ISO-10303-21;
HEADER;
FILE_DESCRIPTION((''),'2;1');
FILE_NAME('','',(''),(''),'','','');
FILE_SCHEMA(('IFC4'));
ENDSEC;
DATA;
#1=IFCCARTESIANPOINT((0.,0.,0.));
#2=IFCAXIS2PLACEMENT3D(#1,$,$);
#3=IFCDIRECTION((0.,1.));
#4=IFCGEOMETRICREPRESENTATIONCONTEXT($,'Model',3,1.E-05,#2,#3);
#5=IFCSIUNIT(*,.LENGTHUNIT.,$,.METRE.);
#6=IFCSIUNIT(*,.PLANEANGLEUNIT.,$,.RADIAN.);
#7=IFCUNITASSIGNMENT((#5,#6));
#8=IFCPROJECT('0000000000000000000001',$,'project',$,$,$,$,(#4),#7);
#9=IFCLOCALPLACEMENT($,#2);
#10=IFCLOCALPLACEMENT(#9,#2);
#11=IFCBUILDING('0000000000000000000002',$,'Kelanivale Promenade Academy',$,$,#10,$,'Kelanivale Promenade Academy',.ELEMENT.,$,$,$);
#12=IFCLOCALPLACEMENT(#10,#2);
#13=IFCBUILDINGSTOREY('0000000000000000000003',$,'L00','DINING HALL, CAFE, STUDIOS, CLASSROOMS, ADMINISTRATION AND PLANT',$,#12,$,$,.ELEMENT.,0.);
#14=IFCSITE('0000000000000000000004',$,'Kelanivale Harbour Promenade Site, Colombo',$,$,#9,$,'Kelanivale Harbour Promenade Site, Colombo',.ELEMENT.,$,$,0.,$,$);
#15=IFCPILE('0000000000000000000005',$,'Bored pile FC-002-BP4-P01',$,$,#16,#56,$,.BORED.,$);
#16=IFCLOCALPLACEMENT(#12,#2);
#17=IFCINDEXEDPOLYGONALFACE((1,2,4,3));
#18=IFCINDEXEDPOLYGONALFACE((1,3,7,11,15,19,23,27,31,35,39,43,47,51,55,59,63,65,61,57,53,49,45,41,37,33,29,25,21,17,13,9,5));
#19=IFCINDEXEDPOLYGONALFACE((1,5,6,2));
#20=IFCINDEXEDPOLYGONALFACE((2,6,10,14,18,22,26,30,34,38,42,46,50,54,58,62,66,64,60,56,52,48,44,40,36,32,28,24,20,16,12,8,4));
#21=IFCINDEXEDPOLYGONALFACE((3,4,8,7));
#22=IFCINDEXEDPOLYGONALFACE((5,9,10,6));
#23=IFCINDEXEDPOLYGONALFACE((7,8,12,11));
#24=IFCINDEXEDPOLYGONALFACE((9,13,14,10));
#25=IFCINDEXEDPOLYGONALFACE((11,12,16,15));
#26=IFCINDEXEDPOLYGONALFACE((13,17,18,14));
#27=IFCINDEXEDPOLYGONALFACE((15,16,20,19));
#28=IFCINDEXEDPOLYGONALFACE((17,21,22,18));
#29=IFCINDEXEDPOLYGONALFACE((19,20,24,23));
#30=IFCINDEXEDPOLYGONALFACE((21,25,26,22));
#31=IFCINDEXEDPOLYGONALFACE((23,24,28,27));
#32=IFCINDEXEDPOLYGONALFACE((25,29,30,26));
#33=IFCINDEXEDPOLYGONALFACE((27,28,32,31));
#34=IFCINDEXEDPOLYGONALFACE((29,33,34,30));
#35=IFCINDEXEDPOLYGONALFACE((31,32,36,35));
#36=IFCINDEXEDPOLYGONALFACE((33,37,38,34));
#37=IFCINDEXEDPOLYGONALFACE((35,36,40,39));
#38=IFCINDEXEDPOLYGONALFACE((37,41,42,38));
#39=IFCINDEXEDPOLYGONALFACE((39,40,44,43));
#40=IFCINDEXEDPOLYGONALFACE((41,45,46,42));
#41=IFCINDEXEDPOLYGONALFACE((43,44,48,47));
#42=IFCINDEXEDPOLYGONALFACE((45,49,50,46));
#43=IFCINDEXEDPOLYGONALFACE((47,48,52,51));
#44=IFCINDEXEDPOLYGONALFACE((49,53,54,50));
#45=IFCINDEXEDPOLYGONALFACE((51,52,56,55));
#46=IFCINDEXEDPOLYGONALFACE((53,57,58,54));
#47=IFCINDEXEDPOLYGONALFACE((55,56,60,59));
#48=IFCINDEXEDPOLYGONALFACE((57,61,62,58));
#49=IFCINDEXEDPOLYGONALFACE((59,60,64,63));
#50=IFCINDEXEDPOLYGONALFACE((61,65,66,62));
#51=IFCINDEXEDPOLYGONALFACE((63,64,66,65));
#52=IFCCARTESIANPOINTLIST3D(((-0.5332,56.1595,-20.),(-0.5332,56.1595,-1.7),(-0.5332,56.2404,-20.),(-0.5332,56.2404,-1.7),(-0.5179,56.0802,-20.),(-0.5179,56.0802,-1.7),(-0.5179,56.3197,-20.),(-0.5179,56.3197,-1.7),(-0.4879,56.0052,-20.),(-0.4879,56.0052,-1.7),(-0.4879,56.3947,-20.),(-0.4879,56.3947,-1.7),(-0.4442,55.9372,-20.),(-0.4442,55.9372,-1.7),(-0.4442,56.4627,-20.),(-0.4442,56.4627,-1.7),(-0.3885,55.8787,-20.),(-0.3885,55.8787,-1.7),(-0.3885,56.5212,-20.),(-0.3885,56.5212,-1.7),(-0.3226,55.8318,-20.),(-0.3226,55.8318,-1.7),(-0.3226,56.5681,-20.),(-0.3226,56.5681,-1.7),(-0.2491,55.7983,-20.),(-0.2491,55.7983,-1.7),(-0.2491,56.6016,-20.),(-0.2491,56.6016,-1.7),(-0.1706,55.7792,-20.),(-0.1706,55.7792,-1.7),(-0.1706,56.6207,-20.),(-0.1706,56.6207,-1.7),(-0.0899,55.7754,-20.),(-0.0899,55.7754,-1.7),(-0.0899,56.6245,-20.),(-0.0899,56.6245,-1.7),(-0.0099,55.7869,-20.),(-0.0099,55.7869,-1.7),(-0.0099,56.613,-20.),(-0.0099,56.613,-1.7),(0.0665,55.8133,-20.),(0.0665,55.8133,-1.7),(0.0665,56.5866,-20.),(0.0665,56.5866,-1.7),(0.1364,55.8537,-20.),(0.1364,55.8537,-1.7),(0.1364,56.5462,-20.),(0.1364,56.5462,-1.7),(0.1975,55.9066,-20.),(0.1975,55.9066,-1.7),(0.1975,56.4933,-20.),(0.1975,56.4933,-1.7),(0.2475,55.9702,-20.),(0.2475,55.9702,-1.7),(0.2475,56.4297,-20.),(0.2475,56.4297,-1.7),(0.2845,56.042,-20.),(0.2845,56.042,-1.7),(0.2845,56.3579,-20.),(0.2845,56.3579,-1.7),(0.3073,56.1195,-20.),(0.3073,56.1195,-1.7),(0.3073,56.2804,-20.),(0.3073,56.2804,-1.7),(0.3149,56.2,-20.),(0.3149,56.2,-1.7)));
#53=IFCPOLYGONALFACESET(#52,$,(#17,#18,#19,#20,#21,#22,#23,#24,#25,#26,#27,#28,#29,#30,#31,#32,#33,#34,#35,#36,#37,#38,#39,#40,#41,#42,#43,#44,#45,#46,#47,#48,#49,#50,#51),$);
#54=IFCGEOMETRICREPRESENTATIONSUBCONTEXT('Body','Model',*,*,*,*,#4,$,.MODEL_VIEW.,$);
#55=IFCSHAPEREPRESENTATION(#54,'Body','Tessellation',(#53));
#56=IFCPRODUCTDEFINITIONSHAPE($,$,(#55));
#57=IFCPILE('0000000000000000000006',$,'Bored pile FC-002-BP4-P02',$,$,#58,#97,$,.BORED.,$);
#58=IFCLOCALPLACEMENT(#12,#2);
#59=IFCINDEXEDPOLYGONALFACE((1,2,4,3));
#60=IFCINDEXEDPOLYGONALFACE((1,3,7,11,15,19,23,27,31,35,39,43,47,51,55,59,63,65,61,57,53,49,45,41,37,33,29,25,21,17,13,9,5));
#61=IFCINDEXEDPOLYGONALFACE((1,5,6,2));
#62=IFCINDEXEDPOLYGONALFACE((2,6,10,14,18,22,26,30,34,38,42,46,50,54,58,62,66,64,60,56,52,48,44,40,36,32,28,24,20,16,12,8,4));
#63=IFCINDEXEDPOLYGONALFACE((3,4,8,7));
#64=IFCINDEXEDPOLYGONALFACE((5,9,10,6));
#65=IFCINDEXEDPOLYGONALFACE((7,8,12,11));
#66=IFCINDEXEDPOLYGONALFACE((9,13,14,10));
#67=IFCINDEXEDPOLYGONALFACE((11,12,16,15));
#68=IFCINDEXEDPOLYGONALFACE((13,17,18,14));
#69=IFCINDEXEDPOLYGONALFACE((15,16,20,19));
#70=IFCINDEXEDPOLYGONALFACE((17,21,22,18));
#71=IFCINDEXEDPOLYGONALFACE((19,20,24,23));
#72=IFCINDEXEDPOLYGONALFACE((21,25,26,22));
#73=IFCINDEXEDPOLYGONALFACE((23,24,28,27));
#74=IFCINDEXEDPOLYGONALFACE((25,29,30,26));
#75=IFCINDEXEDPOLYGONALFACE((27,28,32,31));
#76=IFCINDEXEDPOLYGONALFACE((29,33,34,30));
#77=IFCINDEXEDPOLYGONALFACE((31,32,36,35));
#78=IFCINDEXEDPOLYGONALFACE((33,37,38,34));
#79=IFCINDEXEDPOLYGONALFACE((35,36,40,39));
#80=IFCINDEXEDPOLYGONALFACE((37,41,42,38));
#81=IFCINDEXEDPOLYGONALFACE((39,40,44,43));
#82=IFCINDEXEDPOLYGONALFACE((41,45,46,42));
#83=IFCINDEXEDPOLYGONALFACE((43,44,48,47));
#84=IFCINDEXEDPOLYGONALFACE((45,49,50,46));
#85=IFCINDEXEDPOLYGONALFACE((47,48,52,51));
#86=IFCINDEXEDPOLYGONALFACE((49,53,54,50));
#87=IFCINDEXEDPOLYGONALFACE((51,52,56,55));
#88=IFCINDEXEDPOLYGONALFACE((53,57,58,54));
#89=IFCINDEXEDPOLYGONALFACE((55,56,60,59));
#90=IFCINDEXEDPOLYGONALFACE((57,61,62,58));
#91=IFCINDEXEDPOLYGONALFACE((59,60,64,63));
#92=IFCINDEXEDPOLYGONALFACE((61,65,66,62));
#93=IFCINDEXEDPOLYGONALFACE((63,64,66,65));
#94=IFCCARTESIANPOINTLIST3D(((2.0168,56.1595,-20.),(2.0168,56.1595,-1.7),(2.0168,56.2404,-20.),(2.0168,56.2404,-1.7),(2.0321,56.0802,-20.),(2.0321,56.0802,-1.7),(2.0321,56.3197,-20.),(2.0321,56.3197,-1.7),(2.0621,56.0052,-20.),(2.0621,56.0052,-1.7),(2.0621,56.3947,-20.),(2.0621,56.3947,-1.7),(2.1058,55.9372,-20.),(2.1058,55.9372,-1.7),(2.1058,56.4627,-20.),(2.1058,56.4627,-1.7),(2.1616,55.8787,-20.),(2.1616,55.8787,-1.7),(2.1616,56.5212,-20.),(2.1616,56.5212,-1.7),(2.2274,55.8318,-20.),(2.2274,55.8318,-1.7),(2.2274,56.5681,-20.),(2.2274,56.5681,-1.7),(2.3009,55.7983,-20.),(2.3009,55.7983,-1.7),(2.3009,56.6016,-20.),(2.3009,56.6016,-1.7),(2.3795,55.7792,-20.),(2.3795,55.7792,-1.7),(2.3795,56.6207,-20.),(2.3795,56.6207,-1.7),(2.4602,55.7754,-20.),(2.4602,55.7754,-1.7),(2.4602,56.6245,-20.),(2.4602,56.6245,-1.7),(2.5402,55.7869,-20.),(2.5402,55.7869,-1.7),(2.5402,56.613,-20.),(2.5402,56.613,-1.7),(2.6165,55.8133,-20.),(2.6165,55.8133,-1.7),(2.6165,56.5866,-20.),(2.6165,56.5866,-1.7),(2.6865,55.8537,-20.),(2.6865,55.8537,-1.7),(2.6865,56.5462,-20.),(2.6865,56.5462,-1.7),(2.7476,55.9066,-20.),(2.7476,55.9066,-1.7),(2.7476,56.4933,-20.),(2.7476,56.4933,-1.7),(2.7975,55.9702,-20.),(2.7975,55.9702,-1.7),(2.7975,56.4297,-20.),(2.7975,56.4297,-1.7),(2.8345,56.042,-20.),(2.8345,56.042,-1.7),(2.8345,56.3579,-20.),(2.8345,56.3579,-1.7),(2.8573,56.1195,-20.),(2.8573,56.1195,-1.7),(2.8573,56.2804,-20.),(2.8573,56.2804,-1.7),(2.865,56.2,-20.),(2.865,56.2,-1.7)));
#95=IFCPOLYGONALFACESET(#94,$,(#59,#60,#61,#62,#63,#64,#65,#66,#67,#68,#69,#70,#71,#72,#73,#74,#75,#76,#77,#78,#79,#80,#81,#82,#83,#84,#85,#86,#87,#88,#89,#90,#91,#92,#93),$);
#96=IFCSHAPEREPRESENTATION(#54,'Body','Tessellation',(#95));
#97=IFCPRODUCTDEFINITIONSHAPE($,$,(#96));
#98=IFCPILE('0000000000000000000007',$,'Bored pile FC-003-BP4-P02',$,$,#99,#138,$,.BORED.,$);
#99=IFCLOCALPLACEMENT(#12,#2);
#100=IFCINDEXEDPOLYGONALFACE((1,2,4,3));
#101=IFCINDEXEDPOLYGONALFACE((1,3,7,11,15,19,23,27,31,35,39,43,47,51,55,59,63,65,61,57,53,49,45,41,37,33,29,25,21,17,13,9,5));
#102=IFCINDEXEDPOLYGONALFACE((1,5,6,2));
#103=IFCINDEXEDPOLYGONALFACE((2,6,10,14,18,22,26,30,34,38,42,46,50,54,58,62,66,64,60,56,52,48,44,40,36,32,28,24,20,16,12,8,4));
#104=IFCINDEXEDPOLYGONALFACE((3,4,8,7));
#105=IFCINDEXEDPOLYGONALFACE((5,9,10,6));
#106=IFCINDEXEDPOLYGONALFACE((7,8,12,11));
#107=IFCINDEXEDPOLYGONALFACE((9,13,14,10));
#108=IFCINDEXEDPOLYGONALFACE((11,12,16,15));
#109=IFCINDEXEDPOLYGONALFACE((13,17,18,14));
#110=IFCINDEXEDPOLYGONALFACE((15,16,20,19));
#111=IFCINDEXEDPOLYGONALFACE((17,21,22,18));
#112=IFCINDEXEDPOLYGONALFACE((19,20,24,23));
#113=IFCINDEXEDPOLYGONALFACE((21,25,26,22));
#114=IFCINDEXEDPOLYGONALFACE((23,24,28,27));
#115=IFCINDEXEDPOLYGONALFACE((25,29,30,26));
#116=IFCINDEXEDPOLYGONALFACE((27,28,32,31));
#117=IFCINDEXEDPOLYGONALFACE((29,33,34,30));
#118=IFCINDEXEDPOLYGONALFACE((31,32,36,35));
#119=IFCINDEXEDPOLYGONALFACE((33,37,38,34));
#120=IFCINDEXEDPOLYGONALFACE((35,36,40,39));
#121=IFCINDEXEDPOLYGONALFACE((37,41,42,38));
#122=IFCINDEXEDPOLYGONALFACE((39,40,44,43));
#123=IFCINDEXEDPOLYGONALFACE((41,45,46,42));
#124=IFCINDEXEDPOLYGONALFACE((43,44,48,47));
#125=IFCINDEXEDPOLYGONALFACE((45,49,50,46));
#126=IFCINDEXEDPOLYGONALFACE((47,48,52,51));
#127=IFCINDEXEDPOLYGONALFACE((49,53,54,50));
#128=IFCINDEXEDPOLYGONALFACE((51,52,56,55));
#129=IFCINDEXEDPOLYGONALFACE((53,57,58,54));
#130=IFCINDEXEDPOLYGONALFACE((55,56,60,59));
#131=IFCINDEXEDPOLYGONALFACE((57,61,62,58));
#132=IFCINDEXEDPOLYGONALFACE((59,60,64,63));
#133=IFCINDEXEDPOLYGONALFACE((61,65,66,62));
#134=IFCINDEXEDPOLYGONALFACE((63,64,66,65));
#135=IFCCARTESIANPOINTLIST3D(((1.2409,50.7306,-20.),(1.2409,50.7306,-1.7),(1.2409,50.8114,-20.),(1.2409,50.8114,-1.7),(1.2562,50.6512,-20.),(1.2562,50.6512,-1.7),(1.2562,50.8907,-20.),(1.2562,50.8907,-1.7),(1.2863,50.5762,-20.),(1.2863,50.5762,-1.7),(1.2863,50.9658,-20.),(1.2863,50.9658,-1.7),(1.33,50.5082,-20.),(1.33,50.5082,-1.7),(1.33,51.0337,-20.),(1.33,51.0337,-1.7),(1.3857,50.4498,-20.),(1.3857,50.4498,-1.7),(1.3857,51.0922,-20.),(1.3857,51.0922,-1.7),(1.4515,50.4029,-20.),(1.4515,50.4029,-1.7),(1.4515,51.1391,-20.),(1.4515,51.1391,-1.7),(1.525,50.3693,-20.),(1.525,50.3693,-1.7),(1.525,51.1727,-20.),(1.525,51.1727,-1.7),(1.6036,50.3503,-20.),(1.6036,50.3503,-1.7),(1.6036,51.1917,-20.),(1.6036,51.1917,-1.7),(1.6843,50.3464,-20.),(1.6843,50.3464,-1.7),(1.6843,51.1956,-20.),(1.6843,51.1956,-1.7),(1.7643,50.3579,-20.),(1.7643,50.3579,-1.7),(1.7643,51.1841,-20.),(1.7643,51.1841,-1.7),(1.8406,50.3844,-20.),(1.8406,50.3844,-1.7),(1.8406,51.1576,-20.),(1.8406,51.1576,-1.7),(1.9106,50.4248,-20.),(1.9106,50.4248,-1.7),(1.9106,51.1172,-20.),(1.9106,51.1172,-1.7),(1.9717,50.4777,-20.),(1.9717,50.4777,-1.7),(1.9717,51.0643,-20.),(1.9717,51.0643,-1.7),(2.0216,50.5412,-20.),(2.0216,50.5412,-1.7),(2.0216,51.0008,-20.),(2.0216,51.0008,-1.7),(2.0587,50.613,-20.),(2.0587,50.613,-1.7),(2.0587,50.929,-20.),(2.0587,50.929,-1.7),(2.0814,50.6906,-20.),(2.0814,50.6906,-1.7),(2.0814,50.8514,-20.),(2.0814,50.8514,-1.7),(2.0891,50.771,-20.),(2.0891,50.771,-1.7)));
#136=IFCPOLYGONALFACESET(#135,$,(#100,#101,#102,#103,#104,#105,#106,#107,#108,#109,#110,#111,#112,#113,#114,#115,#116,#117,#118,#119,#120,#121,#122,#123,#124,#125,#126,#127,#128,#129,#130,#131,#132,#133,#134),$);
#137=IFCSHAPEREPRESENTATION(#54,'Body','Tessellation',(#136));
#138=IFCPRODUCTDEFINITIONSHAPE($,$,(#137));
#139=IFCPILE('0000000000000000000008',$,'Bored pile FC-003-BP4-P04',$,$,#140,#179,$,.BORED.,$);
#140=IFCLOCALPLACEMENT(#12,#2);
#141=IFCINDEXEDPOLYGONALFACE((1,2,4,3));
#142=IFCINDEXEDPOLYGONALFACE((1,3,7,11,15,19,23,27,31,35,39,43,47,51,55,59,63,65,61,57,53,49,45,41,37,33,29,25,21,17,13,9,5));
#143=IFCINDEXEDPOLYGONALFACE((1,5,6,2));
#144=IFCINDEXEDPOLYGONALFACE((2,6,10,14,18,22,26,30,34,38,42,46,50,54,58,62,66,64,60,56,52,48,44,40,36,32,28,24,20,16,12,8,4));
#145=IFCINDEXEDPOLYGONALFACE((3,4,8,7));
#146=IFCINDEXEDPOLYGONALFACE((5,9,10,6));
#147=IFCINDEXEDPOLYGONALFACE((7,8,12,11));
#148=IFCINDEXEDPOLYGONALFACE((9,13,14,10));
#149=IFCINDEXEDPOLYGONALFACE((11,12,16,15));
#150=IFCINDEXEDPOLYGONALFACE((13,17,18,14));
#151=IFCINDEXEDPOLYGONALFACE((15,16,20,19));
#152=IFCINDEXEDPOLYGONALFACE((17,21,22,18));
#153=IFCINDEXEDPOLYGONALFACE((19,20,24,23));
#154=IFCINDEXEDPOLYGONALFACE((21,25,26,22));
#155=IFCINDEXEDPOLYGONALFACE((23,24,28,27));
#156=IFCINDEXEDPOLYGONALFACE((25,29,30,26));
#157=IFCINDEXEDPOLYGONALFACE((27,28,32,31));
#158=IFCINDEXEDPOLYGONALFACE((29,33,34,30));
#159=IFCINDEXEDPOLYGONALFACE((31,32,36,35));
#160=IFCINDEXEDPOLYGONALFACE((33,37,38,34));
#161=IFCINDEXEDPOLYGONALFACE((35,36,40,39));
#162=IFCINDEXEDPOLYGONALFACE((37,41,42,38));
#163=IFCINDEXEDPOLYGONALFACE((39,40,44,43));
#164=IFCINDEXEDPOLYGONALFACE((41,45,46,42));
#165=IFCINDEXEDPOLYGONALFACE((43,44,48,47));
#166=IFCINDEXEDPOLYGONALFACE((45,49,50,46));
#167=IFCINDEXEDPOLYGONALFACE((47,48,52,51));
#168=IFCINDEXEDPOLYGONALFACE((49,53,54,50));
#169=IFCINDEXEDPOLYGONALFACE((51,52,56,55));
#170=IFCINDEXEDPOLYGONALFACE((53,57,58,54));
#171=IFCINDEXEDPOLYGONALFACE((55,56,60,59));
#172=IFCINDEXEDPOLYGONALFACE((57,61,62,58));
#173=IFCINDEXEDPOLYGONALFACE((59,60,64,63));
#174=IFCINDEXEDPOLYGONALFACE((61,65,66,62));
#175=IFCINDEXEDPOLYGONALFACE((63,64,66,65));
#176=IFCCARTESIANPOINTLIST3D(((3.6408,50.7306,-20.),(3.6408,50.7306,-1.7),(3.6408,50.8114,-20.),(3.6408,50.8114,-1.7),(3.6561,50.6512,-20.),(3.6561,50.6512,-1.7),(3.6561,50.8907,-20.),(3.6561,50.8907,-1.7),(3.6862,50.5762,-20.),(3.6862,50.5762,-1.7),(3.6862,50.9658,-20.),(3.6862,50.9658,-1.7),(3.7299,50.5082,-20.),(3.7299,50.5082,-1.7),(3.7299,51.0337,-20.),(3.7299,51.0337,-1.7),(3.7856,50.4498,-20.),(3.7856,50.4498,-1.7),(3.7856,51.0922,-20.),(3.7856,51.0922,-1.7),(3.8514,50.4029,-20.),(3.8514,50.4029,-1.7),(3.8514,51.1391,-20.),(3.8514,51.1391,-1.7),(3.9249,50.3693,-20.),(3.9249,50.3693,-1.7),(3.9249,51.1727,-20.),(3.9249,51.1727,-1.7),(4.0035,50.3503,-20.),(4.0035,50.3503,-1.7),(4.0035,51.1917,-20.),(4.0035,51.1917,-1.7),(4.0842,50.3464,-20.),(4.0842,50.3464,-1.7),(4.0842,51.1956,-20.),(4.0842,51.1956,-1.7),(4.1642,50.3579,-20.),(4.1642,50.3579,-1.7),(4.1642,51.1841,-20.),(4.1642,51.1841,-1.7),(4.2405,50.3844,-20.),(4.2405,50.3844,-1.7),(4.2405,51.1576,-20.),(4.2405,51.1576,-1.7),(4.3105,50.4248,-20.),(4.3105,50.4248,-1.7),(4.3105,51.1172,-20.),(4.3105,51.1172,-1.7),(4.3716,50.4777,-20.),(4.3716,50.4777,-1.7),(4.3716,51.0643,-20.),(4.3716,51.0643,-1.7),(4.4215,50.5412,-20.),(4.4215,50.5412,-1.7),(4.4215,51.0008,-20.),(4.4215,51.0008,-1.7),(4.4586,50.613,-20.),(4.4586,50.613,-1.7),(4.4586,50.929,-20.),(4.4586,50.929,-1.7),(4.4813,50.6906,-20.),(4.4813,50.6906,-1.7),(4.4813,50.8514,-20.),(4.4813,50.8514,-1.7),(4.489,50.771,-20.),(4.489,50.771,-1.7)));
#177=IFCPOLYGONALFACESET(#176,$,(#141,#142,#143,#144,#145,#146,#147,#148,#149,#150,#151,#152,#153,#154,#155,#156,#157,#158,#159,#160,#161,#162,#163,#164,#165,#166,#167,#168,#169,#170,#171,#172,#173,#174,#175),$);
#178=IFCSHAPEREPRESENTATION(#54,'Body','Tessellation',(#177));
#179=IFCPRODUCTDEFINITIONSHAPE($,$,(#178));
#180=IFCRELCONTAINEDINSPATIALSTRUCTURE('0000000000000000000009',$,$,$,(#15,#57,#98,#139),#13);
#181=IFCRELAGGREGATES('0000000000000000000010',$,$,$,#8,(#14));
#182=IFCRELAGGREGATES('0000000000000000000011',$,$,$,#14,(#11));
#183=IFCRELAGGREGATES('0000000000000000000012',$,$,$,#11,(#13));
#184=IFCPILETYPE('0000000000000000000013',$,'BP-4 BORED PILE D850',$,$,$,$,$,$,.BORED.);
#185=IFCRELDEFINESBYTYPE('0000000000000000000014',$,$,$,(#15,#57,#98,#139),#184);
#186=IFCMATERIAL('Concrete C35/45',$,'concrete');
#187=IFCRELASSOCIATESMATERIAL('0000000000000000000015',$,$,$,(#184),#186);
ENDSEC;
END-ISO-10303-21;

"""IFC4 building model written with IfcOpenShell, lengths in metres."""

from ifc_helpers import new_model, si_unit, direction, frame, origin, origin_2d, place, context, subcontext, project, spatial, circle, extrude, material, material_profile, profile_set, type_object, element, save


model = new_model("IFC4")

# Units and contexts
model_context = context("Model", 3, precision=1e-05, world=origin(), true_north=direction((0.0, 1.0)))
body_context = subcontext(model_context, "Body", "Model", "MODEL_VIEW")
ifc_project = project(units=[si_unit("LENGTHUNIT", "METRE"), si_unit("PLANEANGLEUNIT", "RADIAN")], contexts=[model_context])

# Site, building, storey
site_placement = place(None, origin())
site = spatial("IfcSite", under=ifc_project, at=site_placement, Name="Kelanivale Harbour Promenade Site, Colombo", LongName="Kelanivale Harbour Promenade Site, Colombo", CompositionType="ELEMENT", RefElevation=0.0)
building_placement = place(site_placement, origin())
building = spatial("IfcBuilding", under=site, at=building_placement, Name="Kelanivale Promenade Academy", LongName="Kelanivale Promenade Academy", CompositionType="ELEMENT")
storey_placement = place(building_placement, origin())
storey = spatial("IfcBuildingStorey", under=building, at=storey_placement, Name="L00", Description="DINING HALL, CAFE, STUDIOS, CLASSROOMS, ADMINISTRATION AND PLANT", CompositionType="ELEMENT", Elevation=0.0)

# Piles
ifc_material_1 = material(Name="Concrete C35/45", Category="concrete")
ifc_material_profile_1 = material_profile(ifc_material_1, circle(Radius=0.425, at=origin_2d()), Name="BORED PILE D850")
ifc_profile_set_1 = profile_set([ifc_material_profile_1], Name="Concrete C35/45")
pile_type = type_object("IfcPileType", Name="BP-4 BORED PILE D850", PredefinedType="BORED", material=ifc_profile_set_1)
for number, where, z_axis, x_axis, name in (
    (1, (-0.1101, 56.2, -1.7), (0.0, 0.0, -1.0), (1.0, 0.0, 0.0), "Bored pile FC-002-BP4-P01"),
    (2, (2.4399, 56.2, -1.7), (0.0, 0.0, -1.0), (1.0, 0.0, 0.0), "Bored pile FC-002-BP4-P02"),
    (3, (1.6641, 50.771, -1.7), (0.0, 0.0, -1.0), (1.0, 0.0, 0.0), "Bored pile FC-003-BP4-P02"),
    (4, (4.064, 50.771, -1.7), (0.0, 0.0, -1.0), (1.0, 0.0, 0.0), "Bored pile FC-003-BP4-P04"),
):
    element("IfcPile", number, at=place(storey_placement, frame(where, z_axis=z_axis, x_axis=x_axis)), inside=storey, type_object=pile_type, Name=name, PredefinedType="BORED", context=body_context, shape_type="SweptSolid", body=[
        extrude(circle(Radius=0.425, at=origin_2d()), origin(), (0.0, 0.0, 1.0), 18.3),
    ])

save(model, "model.ifc")
